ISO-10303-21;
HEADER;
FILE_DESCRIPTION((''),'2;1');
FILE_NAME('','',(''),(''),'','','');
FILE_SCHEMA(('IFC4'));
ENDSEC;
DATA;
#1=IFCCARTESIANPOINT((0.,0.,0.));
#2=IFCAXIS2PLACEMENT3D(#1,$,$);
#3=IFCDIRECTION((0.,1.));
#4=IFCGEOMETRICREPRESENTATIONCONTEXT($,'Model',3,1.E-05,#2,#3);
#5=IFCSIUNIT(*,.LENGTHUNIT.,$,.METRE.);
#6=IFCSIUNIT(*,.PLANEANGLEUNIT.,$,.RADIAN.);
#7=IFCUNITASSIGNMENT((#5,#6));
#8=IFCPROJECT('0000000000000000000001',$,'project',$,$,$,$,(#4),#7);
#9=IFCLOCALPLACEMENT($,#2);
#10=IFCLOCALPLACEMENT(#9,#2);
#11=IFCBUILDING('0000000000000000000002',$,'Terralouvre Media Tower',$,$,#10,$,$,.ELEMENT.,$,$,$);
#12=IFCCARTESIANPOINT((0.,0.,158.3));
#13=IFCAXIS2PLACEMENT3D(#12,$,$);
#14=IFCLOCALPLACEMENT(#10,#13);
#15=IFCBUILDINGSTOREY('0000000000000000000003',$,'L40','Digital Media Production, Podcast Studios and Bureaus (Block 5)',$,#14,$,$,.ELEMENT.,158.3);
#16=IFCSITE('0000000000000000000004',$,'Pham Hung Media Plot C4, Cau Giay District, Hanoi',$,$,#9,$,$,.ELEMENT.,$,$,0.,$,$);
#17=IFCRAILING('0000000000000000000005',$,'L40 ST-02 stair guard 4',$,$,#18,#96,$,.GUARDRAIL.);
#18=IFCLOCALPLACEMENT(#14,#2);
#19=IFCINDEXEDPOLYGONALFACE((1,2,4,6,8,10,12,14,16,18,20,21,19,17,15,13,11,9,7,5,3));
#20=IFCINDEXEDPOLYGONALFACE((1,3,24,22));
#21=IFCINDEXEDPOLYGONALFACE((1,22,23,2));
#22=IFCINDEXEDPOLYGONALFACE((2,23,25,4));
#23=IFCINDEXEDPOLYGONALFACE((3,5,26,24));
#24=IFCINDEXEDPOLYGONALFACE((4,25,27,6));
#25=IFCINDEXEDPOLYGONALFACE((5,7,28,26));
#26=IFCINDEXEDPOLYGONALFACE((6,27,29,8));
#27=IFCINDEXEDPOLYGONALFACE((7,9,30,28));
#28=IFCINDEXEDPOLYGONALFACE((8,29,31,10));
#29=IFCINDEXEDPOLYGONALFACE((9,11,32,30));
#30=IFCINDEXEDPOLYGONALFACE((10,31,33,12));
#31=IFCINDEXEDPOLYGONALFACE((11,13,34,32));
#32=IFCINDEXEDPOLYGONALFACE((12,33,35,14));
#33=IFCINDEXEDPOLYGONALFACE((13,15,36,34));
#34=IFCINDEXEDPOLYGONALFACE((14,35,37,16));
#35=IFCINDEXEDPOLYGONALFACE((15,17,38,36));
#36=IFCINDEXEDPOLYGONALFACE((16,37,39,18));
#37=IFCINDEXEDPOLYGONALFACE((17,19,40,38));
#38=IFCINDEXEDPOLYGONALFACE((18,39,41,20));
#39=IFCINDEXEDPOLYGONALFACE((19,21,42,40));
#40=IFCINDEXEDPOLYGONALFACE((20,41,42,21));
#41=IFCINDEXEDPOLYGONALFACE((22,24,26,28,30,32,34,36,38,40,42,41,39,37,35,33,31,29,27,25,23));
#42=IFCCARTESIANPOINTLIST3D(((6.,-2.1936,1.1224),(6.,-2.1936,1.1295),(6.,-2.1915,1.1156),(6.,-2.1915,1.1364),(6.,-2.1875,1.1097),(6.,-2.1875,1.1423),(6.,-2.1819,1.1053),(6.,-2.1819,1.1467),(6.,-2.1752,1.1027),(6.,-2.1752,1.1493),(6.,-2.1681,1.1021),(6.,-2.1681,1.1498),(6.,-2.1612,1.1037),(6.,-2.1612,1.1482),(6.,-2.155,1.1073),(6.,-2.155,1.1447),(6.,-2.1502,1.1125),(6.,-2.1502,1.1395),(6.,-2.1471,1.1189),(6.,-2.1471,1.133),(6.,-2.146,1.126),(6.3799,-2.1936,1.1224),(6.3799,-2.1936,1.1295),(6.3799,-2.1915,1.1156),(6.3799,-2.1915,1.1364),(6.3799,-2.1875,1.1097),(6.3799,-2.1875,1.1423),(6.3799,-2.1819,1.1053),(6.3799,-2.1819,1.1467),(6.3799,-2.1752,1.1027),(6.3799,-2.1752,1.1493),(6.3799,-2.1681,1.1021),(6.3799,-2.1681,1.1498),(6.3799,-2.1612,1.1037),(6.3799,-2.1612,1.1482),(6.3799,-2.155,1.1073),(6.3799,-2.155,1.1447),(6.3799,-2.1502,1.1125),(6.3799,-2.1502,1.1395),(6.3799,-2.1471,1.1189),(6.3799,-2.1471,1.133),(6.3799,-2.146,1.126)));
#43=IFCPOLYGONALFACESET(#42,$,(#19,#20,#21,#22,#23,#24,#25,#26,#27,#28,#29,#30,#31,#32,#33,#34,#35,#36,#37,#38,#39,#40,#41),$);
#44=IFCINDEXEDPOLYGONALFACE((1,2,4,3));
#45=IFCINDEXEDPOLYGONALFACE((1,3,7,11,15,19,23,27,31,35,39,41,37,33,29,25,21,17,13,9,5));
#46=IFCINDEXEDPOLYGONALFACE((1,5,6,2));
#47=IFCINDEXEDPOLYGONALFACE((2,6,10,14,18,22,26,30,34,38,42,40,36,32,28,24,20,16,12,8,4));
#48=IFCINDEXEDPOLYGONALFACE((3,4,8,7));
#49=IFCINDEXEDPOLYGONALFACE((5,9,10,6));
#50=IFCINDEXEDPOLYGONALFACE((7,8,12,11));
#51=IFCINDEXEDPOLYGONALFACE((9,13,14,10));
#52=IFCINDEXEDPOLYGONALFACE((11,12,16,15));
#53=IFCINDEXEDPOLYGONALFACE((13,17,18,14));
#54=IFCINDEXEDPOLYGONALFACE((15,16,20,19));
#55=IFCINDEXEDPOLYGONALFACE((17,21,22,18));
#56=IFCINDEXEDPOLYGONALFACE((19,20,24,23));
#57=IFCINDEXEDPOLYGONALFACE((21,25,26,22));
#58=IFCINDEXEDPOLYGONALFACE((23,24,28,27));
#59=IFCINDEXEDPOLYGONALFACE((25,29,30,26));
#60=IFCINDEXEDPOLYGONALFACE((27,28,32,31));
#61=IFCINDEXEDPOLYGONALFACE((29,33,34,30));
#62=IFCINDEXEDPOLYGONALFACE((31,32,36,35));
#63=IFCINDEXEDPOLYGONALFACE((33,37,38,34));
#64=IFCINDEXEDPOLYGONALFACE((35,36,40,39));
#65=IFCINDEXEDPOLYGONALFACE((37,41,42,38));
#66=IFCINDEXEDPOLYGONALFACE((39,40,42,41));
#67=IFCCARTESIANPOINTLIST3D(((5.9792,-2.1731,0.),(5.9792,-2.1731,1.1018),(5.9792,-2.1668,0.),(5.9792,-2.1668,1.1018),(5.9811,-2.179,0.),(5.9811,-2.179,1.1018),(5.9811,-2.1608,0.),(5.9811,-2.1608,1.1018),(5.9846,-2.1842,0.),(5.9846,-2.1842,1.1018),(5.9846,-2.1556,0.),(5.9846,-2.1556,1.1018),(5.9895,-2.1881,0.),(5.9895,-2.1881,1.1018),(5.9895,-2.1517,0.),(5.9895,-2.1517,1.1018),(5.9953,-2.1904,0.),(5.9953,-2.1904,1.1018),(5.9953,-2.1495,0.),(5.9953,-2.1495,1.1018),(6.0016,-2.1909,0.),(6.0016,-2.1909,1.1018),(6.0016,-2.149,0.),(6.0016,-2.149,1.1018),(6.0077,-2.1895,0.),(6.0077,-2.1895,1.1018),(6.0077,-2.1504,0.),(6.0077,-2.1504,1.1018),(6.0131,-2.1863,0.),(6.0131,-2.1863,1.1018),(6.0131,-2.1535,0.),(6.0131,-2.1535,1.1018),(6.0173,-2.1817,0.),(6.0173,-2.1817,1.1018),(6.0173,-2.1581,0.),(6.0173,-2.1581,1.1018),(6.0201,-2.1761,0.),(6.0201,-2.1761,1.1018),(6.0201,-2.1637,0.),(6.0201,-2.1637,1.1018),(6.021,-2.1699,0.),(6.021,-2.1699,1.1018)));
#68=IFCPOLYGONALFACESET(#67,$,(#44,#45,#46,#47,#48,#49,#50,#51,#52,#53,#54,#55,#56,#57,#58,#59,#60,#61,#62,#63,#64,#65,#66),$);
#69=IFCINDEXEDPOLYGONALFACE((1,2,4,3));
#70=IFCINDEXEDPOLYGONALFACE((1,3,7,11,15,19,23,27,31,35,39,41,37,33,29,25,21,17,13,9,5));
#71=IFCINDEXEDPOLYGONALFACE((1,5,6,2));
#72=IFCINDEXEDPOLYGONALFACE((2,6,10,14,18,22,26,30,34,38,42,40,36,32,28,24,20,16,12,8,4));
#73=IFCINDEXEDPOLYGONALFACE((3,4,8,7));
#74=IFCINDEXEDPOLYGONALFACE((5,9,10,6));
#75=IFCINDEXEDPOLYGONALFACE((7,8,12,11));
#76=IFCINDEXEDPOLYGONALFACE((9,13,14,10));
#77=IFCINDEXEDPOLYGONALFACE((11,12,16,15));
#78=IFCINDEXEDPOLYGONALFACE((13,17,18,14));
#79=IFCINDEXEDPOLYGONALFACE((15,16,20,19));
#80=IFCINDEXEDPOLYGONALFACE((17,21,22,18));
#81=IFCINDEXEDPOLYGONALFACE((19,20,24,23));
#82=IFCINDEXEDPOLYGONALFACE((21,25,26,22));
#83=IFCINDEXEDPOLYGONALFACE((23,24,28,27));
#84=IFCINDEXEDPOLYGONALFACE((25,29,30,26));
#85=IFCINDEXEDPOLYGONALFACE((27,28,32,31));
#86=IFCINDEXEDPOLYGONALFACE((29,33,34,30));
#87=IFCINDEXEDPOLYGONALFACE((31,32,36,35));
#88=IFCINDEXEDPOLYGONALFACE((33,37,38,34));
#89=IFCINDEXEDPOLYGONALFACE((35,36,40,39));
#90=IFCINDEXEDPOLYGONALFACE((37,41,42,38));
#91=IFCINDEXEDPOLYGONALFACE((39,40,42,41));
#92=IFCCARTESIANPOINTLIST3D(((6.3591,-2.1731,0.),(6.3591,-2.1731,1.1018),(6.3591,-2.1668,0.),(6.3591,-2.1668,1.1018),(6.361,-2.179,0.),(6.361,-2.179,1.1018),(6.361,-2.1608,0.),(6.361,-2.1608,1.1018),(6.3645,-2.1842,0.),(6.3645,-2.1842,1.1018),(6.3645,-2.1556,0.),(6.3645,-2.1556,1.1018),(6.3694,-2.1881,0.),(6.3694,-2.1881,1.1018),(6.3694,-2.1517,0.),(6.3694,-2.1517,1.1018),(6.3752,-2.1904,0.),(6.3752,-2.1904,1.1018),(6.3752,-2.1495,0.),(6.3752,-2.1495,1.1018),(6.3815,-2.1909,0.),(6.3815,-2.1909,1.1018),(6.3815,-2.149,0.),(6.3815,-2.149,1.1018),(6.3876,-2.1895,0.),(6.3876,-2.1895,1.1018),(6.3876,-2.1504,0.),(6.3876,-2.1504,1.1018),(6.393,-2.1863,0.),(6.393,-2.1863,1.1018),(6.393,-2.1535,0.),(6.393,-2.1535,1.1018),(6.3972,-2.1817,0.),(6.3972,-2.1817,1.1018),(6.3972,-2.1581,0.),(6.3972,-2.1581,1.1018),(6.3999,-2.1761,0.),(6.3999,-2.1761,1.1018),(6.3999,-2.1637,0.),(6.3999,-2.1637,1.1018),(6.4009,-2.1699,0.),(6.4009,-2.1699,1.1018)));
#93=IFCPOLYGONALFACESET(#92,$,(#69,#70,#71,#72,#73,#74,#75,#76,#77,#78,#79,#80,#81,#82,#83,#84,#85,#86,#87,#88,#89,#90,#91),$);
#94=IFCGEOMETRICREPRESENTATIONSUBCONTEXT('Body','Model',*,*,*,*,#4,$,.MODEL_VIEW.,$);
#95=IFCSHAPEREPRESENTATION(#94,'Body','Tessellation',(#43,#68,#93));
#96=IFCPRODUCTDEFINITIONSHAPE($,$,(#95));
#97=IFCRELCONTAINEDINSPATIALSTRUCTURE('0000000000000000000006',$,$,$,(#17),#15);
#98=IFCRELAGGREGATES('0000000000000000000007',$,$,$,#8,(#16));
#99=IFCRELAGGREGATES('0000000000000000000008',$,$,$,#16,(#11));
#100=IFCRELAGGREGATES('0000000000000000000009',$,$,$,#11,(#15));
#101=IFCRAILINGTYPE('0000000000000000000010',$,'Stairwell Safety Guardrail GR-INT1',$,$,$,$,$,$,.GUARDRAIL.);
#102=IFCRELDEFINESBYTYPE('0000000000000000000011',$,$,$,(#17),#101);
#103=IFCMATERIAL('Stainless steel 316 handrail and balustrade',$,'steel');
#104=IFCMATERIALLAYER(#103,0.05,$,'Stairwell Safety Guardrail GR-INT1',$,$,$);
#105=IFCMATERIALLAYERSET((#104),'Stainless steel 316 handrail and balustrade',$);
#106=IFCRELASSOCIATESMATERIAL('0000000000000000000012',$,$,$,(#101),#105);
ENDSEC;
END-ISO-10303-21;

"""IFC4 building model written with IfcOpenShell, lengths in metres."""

from ifc_helpers import new_model, si_unit, direction, frame, origin, origin_2d, place, context, subcontext, project, spatial, circle, extrude, material, layer, layer_set, type_object, element, save


model = new_model("IFC4")

# Units and contexts
model_context = context("Model", 3, precision=1e-05, world=origin(), true_north=direction((0.0, 1.0)))
body_context = subcontext(model_context, "Body", "Model", "MODEL_VIEW")
ifc_project = project(units=[si_unit("LENGTHUNIT", "METRE"), si_unit("PLANEANGLEUNIT", "RADIAN")], contexts=[model_context])

# Site, building, storey
site_placement = place(None, origin())
site = spatial("IfcSite", under=ifc_project, at=site_placement, Name="Pham Hung Media Plot C4, Cau Giay District, Hanoi", CompositionType="ELEMENT", RefElevation=0.0)
building_placement = place(site_placement, origin())
building = spatial("IfcBuilding", under=site, at=building_placement, Name="Terralouvre Media Tower", CompositionType="ELEMENT")
storey_placement = place(building_placement, frame((0.0, 0.0, 158.3)))
storey = spatial("IfcBuildingStorey", under=building, at=storey_placement, Name="L40", Description="Digital Media Production, Podcast Studios and Bureaus (Block 5)", CompositionType="ELEMENT", Elevation=158.3)

# Railing
ifc_material_1 = material(Name="Stainless steel 316 handrail and balustrade", Category="steel")
ifc_layer_1 = layer(ifc_material_1, 0.05, Name="Stairwell Safety Guardrail GR-INT1")
ifc_layer_set_1 = layer_set([ifc_layer_1], Name="Stainless steel 316 handrail and balustrade")
railing_type_1 = type_object("IfcRailingType", Name="Stairwell Safety Guardrail GR-INT1", PredefinedType="GUARDRAIL", material=ifc_layer_set_1)
railing_1_placement = place(storey_placement, frame((6.0, -2.1699, 0.0)))
element("IfcRailing", 1, at=railing_1_placement, inside=storey, type_object=railing_type_1, Name="L40 ST-02 stair guard 4", PredefinedType="GUARDRAIL", context=body_context, shape_type="SweptSolid", body=[
    extrude(circle(Radius=0.0239, at=origin_2d()), frame((0.0, 0.0, 1.126), z_axis=(1.0, 0.0, 0.0), x_axis=(0.0, 1.0, 0.0)), (0.0, 0.0, 1.0), 0.3799),
    extrude(circle(Radius=0.021, at=origin_2d()), origin(), (0.0, 0.0, 1.0), 1.1018),
    extrude(circle(Radius=0.021, at=origin_2d()), frame((0.3799, 0.0, 0.0)), (0.0, 0.0, 1.0), 1.1018),
])

save(model, "model.ifc")
